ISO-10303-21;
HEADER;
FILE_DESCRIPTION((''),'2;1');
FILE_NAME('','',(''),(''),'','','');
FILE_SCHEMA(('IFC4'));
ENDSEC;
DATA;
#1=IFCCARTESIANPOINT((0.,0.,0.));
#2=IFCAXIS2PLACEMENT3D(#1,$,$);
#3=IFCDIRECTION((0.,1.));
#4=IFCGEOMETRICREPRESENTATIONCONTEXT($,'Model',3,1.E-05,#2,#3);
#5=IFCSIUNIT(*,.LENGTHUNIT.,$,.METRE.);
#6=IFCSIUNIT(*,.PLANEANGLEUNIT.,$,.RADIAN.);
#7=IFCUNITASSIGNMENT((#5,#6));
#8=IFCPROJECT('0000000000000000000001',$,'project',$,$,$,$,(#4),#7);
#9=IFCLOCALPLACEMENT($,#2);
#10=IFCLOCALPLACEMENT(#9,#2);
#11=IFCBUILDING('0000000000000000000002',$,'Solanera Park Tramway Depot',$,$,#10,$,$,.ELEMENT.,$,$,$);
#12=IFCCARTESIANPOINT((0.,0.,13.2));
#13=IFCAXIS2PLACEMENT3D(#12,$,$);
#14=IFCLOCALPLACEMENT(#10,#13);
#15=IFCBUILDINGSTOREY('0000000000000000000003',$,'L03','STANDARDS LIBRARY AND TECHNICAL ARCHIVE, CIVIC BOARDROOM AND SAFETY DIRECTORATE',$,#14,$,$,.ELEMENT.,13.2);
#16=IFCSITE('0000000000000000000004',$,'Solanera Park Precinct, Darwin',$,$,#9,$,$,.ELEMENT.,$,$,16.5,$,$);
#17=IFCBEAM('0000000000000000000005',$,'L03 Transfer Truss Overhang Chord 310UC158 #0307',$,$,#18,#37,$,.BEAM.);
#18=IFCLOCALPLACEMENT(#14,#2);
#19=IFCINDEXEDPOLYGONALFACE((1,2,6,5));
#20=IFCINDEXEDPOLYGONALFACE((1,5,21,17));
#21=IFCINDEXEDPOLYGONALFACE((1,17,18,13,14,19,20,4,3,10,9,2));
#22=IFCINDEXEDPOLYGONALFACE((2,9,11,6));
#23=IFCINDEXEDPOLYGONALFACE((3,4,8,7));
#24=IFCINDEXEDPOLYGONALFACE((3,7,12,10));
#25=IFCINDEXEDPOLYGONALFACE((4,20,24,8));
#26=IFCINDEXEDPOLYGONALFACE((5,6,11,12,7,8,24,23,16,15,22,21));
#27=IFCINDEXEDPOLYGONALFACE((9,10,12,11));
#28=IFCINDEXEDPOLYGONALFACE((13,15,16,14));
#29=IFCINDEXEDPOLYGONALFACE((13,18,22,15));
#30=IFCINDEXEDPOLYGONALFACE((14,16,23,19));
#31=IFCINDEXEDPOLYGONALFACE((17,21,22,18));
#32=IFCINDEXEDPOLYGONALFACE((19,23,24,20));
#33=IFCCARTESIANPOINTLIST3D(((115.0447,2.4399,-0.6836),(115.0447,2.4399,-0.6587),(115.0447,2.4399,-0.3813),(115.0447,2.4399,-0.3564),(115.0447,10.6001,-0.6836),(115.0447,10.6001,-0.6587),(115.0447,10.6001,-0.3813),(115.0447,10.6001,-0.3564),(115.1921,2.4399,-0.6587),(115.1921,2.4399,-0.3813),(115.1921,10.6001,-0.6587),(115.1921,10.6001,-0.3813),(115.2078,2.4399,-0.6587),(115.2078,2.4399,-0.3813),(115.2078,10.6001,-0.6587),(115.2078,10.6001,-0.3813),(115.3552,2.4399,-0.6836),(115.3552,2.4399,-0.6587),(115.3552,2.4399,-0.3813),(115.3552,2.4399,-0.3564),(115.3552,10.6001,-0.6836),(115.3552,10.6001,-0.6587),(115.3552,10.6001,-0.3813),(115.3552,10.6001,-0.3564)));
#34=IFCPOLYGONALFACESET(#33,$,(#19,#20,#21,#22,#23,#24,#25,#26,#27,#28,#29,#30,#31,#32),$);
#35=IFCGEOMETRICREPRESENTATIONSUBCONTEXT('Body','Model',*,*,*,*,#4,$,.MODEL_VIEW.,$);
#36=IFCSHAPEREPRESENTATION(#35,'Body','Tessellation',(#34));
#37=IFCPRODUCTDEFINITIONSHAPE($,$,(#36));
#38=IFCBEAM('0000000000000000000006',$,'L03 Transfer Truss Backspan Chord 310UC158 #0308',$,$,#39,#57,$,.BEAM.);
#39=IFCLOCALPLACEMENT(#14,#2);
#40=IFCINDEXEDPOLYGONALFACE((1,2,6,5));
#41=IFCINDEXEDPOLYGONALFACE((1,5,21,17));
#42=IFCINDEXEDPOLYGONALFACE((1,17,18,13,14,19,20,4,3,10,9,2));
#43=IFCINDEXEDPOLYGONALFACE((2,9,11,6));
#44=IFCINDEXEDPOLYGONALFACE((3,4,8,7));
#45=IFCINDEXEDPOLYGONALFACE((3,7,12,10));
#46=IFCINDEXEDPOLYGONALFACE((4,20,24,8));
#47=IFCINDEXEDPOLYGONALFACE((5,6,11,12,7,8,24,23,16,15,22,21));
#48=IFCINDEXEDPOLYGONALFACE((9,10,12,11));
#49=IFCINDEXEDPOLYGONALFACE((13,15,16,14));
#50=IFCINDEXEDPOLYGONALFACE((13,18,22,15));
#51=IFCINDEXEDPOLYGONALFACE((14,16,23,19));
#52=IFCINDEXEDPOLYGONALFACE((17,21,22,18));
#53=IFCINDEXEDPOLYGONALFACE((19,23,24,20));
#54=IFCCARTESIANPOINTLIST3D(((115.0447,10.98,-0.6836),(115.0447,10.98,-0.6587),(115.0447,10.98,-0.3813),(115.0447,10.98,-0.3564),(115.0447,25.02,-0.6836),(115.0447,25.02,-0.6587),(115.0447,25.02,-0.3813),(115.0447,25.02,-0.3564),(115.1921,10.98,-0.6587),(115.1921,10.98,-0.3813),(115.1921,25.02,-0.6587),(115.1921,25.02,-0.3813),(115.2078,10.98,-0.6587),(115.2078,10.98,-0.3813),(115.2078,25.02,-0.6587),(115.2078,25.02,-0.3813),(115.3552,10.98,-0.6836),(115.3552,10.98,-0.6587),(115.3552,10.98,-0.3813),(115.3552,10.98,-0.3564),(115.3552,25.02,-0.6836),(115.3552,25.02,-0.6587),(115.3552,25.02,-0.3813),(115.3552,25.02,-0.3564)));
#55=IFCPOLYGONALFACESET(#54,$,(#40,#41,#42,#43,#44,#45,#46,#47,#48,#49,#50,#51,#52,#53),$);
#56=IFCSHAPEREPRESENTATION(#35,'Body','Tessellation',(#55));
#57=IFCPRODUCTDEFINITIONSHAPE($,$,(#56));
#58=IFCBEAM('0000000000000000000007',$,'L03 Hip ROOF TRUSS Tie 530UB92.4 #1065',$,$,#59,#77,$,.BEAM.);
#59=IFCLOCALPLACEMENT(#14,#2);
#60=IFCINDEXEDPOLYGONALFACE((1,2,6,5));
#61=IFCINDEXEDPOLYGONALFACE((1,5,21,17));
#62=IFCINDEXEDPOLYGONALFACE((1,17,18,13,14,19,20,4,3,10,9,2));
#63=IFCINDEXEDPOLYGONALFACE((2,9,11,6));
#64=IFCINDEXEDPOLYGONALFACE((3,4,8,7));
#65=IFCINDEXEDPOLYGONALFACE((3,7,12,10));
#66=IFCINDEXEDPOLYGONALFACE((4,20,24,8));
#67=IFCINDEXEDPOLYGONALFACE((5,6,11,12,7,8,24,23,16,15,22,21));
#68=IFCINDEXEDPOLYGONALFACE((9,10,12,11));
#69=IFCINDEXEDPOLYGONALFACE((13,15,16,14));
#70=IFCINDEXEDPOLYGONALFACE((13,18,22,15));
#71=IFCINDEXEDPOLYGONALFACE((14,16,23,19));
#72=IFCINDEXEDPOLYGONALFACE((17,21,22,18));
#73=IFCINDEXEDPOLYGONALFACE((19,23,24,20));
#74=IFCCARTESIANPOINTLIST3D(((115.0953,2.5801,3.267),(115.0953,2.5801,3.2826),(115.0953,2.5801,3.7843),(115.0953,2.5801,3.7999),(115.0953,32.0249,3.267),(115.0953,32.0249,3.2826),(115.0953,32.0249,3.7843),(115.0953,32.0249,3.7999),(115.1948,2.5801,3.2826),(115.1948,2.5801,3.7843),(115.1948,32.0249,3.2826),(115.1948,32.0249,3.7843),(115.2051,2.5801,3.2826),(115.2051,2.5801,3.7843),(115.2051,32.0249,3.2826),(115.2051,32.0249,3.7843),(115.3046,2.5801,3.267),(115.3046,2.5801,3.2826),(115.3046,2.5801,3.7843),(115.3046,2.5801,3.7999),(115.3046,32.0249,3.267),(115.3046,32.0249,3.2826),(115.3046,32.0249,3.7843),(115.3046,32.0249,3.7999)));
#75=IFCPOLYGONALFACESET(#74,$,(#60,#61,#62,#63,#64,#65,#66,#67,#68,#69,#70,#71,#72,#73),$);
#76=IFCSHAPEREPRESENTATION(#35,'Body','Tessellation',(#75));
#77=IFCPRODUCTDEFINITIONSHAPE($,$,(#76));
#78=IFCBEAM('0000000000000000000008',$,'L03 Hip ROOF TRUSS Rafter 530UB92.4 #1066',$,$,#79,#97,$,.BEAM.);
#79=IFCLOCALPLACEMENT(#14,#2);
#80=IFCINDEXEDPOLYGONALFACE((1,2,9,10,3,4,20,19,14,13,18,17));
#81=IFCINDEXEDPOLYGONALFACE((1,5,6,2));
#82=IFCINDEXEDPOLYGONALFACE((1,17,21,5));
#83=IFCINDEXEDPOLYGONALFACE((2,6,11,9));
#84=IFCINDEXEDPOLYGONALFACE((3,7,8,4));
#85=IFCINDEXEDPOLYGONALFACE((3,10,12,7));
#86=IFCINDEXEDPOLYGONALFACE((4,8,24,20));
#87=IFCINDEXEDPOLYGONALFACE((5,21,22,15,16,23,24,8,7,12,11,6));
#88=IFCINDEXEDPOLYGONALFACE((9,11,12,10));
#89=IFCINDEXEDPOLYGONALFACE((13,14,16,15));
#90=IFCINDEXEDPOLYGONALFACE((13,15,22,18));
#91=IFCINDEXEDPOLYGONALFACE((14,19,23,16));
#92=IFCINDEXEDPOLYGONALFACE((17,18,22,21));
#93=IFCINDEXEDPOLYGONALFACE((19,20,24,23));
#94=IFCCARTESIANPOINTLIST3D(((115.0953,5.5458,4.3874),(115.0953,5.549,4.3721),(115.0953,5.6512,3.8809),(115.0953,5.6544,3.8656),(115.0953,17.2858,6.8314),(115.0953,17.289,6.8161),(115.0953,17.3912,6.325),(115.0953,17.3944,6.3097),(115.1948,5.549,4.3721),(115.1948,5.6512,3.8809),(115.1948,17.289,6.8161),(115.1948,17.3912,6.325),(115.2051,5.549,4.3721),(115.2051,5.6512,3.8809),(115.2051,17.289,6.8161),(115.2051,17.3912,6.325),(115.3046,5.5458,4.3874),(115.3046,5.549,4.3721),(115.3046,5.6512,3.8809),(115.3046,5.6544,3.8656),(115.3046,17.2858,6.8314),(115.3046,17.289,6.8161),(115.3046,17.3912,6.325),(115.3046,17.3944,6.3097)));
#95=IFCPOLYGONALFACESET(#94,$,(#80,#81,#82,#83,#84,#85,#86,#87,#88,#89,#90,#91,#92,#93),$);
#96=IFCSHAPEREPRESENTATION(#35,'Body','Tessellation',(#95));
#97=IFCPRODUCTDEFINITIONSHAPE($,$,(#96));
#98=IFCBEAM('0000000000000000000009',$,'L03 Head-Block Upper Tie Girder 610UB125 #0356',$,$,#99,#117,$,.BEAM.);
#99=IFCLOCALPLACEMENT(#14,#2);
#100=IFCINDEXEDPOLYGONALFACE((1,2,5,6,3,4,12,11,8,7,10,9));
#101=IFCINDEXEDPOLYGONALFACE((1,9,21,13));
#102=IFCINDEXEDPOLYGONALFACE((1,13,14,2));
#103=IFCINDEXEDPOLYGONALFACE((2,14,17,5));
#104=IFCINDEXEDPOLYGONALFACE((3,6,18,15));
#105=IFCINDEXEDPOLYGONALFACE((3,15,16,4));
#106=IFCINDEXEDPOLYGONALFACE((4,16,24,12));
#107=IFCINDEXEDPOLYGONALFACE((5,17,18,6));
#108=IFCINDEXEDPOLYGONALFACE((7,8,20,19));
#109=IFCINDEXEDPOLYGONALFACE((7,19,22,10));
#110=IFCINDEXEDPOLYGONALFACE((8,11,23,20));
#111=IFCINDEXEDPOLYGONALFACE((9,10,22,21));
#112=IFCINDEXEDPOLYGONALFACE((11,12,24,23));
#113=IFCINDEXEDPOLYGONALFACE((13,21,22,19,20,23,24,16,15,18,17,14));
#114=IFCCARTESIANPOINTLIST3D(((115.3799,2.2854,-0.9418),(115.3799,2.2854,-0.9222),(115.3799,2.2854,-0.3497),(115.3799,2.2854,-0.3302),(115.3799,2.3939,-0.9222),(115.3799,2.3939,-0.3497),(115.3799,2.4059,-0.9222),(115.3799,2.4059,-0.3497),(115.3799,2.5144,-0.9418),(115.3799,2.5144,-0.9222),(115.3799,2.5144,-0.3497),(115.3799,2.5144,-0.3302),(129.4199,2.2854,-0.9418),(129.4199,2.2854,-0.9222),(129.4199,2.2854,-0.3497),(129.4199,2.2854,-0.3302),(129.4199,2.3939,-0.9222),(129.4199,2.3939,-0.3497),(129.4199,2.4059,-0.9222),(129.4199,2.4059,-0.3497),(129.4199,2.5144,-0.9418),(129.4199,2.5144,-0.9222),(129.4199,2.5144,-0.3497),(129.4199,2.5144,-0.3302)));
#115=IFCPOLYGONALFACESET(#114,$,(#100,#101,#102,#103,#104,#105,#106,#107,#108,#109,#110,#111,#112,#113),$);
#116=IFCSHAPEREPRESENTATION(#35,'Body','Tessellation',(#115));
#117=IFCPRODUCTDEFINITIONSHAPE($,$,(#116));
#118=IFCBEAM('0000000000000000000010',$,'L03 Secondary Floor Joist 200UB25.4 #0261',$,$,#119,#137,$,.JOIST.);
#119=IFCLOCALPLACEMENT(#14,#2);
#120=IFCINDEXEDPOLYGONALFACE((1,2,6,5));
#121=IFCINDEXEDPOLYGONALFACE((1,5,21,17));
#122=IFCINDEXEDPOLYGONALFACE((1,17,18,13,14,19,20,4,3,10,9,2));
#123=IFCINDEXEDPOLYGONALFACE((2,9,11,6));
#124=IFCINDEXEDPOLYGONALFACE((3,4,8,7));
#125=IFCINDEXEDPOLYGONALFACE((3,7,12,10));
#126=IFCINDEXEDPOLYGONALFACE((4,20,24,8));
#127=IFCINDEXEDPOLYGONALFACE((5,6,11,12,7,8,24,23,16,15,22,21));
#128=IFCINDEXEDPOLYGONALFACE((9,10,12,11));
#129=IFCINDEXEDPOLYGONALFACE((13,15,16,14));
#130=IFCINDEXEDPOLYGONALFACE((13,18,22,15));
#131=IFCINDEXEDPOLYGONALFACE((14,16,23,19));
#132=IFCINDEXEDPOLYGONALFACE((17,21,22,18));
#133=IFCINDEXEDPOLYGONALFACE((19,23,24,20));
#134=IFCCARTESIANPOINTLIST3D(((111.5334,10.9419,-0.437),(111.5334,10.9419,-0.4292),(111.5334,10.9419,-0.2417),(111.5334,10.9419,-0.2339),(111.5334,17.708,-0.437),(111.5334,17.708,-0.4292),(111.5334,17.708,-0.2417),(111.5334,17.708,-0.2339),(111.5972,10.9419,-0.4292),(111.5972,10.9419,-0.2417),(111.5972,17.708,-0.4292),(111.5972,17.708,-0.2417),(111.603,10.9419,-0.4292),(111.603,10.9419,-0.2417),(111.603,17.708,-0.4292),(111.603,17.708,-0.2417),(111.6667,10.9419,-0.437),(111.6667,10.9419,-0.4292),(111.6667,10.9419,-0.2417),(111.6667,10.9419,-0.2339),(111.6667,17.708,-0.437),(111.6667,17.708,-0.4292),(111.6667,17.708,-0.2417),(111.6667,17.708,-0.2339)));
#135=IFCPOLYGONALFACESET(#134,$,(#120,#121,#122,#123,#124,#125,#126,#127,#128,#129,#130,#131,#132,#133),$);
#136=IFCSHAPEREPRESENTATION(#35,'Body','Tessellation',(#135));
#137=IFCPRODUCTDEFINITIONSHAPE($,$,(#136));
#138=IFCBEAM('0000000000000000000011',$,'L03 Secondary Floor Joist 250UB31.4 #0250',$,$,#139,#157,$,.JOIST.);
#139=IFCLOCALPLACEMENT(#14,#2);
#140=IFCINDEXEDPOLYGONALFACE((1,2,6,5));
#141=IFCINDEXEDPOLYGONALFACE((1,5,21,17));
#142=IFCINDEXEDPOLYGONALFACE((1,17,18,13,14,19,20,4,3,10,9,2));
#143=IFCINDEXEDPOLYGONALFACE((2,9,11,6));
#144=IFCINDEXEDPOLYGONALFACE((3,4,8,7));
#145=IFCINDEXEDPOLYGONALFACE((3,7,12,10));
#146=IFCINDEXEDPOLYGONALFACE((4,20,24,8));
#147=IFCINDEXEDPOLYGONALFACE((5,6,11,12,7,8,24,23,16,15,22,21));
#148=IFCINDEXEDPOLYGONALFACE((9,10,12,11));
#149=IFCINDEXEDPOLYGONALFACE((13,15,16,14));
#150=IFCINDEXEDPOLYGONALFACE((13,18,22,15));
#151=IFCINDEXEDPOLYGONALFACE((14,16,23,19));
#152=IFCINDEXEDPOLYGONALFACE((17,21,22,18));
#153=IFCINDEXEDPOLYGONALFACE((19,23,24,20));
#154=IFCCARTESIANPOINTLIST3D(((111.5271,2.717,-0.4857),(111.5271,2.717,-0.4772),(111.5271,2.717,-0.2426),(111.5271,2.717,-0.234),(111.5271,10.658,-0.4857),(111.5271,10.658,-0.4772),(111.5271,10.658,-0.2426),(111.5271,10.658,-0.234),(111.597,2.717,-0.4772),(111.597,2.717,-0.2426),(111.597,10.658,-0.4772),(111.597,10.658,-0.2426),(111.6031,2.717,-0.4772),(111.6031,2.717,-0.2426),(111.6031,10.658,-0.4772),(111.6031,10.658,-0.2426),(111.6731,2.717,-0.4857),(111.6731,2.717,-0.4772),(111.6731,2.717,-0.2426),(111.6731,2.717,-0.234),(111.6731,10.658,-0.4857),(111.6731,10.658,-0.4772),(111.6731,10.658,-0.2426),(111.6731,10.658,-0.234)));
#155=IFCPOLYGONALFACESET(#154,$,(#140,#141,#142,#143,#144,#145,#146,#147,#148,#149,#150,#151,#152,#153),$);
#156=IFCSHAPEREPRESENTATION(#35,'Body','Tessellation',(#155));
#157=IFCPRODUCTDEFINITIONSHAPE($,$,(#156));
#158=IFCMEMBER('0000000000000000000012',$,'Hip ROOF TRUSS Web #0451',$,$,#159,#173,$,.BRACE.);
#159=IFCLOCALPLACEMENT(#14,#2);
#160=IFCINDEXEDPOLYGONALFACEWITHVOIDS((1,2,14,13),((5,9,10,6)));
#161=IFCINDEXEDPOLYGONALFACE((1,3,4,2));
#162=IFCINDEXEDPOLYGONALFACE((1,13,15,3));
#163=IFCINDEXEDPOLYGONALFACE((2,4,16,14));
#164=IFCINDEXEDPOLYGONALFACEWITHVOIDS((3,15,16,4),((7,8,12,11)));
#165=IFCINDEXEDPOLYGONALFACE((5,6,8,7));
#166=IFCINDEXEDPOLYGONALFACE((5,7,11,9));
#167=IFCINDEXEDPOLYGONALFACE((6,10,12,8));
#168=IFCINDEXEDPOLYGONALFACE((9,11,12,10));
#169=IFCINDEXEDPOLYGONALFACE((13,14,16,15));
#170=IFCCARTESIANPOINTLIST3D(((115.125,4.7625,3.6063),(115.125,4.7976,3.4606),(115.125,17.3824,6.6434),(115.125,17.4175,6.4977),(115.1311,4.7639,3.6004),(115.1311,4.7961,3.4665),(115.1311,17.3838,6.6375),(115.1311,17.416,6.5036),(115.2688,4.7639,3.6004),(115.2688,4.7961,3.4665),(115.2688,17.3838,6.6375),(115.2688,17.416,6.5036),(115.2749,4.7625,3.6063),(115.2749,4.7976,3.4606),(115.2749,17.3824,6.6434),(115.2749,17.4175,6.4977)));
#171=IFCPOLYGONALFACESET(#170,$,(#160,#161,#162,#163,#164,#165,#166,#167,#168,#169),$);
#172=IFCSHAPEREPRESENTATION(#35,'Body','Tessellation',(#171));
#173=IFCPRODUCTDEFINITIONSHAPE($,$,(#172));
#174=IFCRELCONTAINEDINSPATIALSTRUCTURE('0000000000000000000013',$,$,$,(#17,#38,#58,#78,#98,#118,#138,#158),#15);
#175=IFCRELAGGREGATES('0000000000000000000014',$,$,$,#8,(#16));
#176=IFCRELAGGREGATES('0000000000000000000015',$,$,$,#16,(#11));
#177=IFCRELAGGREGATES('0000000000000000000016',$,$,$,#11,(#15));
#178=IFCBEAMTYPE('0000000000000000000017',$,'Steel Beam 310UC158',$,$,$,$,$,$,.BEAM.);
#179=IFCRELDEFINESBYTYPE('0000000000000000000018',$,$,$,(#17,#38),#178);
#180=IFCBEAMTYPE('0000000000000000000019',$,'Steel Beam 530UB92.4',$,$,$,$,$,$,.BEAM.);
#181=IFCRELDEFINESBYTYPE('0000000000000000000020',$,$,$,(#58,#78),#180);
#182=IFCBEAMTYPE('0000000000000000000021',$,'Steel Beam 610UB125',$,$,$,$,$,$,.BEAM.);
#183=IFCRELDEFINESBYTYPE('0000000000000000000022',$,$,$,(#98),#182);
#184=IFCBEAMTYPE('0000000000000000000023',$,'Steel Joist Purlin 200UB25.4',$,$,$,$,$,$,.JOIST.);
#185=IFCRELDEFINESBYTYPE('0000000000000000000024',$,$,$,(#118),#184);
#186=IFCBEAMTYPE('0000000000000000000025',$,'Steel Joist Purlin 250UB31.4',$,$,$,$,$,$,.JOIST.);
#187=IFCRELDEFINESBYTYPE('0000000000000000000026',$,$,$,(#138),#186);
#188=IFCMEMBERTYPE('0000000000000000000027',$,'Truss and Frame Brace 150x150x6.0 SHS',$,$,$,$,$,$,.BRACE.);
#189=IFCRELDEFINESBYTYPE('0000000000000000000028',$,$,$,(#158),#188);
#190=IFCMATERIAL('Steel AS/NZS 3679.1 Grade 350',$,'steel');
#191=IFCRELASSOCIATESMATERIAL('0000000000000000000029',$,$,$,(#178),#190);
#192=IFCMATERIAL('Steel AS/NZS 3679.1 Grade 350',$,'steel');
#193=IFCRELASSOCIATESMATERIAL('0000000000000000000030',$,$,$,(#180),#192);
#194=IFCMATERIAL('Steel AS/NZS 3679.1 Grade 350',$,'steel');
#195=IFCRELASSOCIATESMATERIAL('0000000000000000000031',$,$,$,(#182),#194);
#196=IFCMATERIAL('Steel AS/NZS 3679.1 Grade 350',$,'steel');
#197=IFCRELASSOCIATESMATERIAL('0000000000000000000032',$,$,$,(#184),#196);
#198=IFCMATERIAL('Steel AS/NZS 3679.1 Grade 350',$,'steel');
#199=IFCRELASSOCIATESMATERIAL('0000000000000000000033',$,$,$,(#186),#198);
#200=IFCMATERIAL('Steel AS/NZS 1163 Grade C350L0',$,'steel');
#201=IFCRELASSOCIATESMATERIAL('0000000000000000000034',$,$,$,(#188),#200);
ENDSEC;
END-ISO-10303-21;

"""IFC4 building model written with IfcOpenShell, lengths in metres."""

from ifc_helpers import new_model, si_unit, direction, frame, origin, origin_2d, place, context, subcontext, project, spatial, hollow_rectangle, i_section, extrude, material, material_profile, profile_set, type_object, element, save


model = new_model("IFC4")

# Units and contexts
model_context = context("Model", 3, precision=1e-05, world=origin(), true_north=direction((0.0, 1.0)))
body_context = subcontext(model_context, "Body", "Model", "MODEL_VIEW")
ifc_project = project(units=[si_unit("LENGTHUNIT", "METRE"), si_unit("PLANEANGLEUNIT", "RADIAN")], contexts=[model_context])

# Site, building, storey
site_placement = place(None, origin())
site = spatial("IfcSite", under=ifc_project, at=site_placement, Name="Solanera Park Precinct, Darwin", CompositionType="ELEMENT", RefElevation=16.5)
building_placement = place(site_placement, origin())
building = spatial("IfcBuilding", under=site, at=building_placement, Name="Solanera Park Tramway Depot", CompositionType="ELEMENT")
storey_placement = place(building_placement, frame((0.0, 0.0, 13.2)))
storey = spatial("IfcBuildingStorey", under=building, at=storey_placement, Name="L03", Description="STANDARDS LIBRARY AND TECHNICAL ARCHIVE, CIVIC BOARDROOM AND SAFETY DIRECTORATE", CompositionType="ELEMENT", Elevation=13.2)

# Beams
ifc_material_1 = material(Name="Steel AS/NZS 3679.1 Grade 350", Category="steel")
ifc_material_profile_1 = material_profile(ifc_material_1, i_section(OverallWidth=0.3105, OverallDepth=0.3271, WebThickness=0.0156, FlangeThickness=0.0249, at=origin_2d()), Name="310UC158")
ifc_profile_set_1 = profile_set([ifc_material_profile_1], Name="Steel AS/NZS 3679.1 Grade 350")
beam_type_1 = type_object("IfcBeamType", Name="Steel Beam 310UC158", PredefinedType="BEAM", material=ifc_profile_set_1)
beam_1_placement = place(storey_placement, frame((115.2, 2.4399, -0.52), z_axis=(0.0, 1.0, 0.0), x_axis=(-1.0, 0.0, 0.0)))
element("IfcBeam", 1, at=beam_1_placement, inside=storey, type_object=beam_type_1, Name="L03 Transfer Truss Overhang Chord 310UC158 #0307", PredefinedType="BEAM", context=body_context, shape_type="SweptSolid", body=[
    extrude(i_section(OverallWidth=0.3105, OverallDepth=0.3271, WebThickness=0.0156, FlangeThickness=0.0249, at=origin_2d()), origin(), (0.0, 0.0, 1.0), 8.1602),
])
beam_2_placement = place(storey_placement, frame((115.2, 10.98, -0.52), z_axis=(0.0, 1.0, 0.0), x_axis=(-1.0, 0.0, 0.0)))
element("IfcBeam", 2, at=beam_2_placement, inside=storey, type_object=beam_type_1, Name="L03 Transfer Truss Backspan Chord 310UC158 #0308", PredefinedType="BEAM", context=body_context, shape_type="SweptSolid", body=[
    extrude(i_section(OverallWidth=0.3105, OverallDepth=0.3271, WebThickness=0.0156, FlangeThickness=0.0249, at=origin_2d()), origin(), (0.0, 0.0, 1.0), 14.04),
])
ifc_material_2 = material(Name="Steel AS/NZS 3679.1 Grade 350", Category="steel")
ifc_material_profile_2 = material_profile(ifc_material_2, i_section(OverallWidth=0.2092, OverallDepth=0.533, WebThickness=0.0103, FlangeThickness=0.0156, at=origin_2d()), Name="530UB92.4")
ifc_profile_set_2 = profile_set([ifc_material_profile_2], Name="Steel AS/NZS 3679.1 Grade 350")
beam_type_2 = type_object("IfcBeamType", Name="Steel Beam 530UB92.4", PredefinedType="BEAM", material=ifc_profile_set_2)
beam_3_placement = place(storey_placement, frame((115.2, 2.5801, 3.5334), z_axis=(0.0, 1.0, 0.0), x_axis=(-1.0, 0.0, 0.0)))
element("IfcBeam", 3, at=beam_3_placement, inside=storey, type_object=beam_type_2, Name="L03 Hip ROOF TRUSS Tie 530UB92.4 #1065", PredefinedType="BEAM", context=body_context, shape_type="SweptSolid", body=[
    extrude(i_section(OverallWidth=0.2092, OverallDepth=0.533, WebThickness=0.0103, FlangeThickness=0.0156, at=origin_2d()), origin(), (0.0, 0.0, 1.0), 29.4448),
])
beam_4_placement = place(storey_placement, frame((115.2, 5.6001, 4.1265), z_axis=(0.0, 0.979009, 0.203815), x_axis=(-1.0, 0.0, 0.0)))
element("IfcBeam", 4, at=beam_4_placement, inside=storey, type_object=beam_type_2, Name="L03 Hip ROOF TRUSS Rafter 530UB92.4 #1066", PredefinedType="BEAM", context=body_context, shape_type="SweptSolid", body=[
    extrude(i_section(OverallWidth=0.2092, OverallDepth=0.533, WebThickness=0.0103, FlangeThickness=0.0156, at=origin_2d()), origin(), (0.0, 0.0, 1.0), 11.9917),
])
ifc_material_3 = material(Name="Steel AS/NZS 3679.1 Grade 350", Category="steel")
ifc_material_profile_3 = material_profile(ifc_material_3, i_section(OverallWidth=0.229, OverallDepth=0.6116, WebThickness=0.012, FlangeThickness=0.0195, at=origin_2d()), Name="610UB125")
ifc_profile_set_3 = profile_set([ifc_material_profile_3], Name="Steel AS/NZS 3679.1 Grade 350")
beam_type_3 = type_object("IfcBeamType", Name="Steel Beam 610UB125", PredefinedType="BEAM", material=ifc_profile_set_3)
beam_5_placement = place(storey_placement, frame((115.3799, 2.3999, -0.636), z_axis=(1.0, 0.0, 0.0), x_axis=(0.0, 1.0, 0.0)))
element("IfcBeam", 5, at=beam_5_placement, inside=storey, type_object=beam_type_3, Name="L03 Head-Block Upper Tie Girder 610UB125 #0356", PredefinedType="BEAM", context=body_context, shape_type="SweptSolid", body=[
    extrude(i_section(OverallWidth=0.229, OverallDepth=0.6116, WebThickness=0.012, FlangeThickness=0.0195, at=origin_2d()), origin(), (0.0, 0.0, 1.0), 14.04),
])
ifc_material_4 = material(Name="Steel AS/NZS 3679.1 Grade 350", Category="steel")
ifc_material_profile_4 = material_profile(ifc_material_4, i_section(OverallWidth=0.1333, OverallDepth=0.2031, WebThickness=0.0059, FlangeThickness=0.0078, at=origin_2d()), Name="200UB25.4")
ifc_profile_set_4 = profile_set([ifc_material_profile_4], Name="Steel AS/NZS 3679.1 Grade 350")
beam_type_4 = type_object("IfcBeamType", Name="Steel Joist Purlin 200UB25.4", PredefinedType="JOIST", material=ifc_profile_set_4)
beam_6_placement = place(storey_placement, frame((111.6001, 10.9419, -0.3354), z_axis=(0.0, 1.0, 0.0), x_axis=(-1.0, 0.0, 0.0)))
element("IfcBeam", 6, at=beam_6_placement, inside=storey, type_object=beam_type_4, Name="L03 Secondary Floor Joist 200UB25.4 #0261", PredefinedType="JOIST", context=body_context, shape_type="SweptSolid", body=[
    extrude(i_section(OverallWidth=0.1333, OverallDepth=0.2031, WebThickness=0.0059, FlangeThickness=0.0078, at=origin_2d()), origin(), (0.0, 0.0, 1.0), 6.7661),
])
ifc_material_5 = material(Name="Steel AS/NZS 3679.1 Grade 350", Category="steel")
ifc_material_profile_5 = material_profile(ifc_material_5, i_section(OverallWidth=0.146, OverallDepth=0.2517, WebThickness=0.0061, FlangeThickness=0.0085, at=origin_2d()), Name="250UB31.4")
ifc_profile_set_5 = profile_set([ifc_material_profile_5], Name="Steel AS/NZS 3679.1 Grade 350")
beam_type_5 = type_object("IfcBeamType", Name="Steel Joist Purlin 250UB31.4", PredefinedType="JOIST", material=ifc_profile_set_5)
beam_7_placement = place(storey_placement, frame((111.6001, 2.717, -0.3599), z_axis=(0.0, 1.0, 0.0), x_axis=(-1.0, 0.0, 0.0)))
element("IfcBeam", 7, at=beam_7_placement, inside=storey, type_object=beam_type_5, Name="L03 Secondary Floor Joist 250UB31.4 #0250", PredefinedType="JOIST", context=body_context, shape_type="SweptSolid", body=[
    extrude(i_section(OverallWidth=0.146, OverallDepth=0.2517, WebThickness=0.0061, FlangeThickness=0.0085, at=origin_2d()), origin(), (0.0, 0.0, 1.0), 7.9409),
])

# Member
ifc_material_6 = material(Name="Steel AS/NZS 1163 Grade C350L0", Category="steel")
ifc_material_profile_6 = material_profile(ifc_material_6, hollow_rectangle(XDim=0.1499, YDim=0.1499, WallThickness=0.0061, at=origin_2d()), Name="150x150x6.0 SHS")
ifc_profile_set_6 = profile_set([ifc_material_profile_6], Name="Steel AS/NZS 1163 Grade C350L0")
member_type_1 = type_object("IfcMemberType", Name="Truss and Frame Brace 150x150x6.0 SHS", PredefinedType="BRACE", material=ifc_profile_set_6)
member_1_placement = place(storey_placement, frame((115.2, 4.78, 3.5334), z_axis=(0.0, 0.972241, 0.23398), x_axis=(-1.0, 0.0, 0.0)))
element("IfcMember", 8, at=member_1_placement, inside=storey, type_object=member_type_1, Name="Hip ROOF TRUSS Web #0451", PredefinedType="BRACE", context=body_context, shape_type="SweptSolid", body=[
    extrude(hollow_rectangle(XDim=0.1499, YDim=0.1499, WallThickness=0.0061, at=origin_2d()), origin(), (0.0, 0.0, 1.0), 12.9802),
])

save(model, "model.ifc")
